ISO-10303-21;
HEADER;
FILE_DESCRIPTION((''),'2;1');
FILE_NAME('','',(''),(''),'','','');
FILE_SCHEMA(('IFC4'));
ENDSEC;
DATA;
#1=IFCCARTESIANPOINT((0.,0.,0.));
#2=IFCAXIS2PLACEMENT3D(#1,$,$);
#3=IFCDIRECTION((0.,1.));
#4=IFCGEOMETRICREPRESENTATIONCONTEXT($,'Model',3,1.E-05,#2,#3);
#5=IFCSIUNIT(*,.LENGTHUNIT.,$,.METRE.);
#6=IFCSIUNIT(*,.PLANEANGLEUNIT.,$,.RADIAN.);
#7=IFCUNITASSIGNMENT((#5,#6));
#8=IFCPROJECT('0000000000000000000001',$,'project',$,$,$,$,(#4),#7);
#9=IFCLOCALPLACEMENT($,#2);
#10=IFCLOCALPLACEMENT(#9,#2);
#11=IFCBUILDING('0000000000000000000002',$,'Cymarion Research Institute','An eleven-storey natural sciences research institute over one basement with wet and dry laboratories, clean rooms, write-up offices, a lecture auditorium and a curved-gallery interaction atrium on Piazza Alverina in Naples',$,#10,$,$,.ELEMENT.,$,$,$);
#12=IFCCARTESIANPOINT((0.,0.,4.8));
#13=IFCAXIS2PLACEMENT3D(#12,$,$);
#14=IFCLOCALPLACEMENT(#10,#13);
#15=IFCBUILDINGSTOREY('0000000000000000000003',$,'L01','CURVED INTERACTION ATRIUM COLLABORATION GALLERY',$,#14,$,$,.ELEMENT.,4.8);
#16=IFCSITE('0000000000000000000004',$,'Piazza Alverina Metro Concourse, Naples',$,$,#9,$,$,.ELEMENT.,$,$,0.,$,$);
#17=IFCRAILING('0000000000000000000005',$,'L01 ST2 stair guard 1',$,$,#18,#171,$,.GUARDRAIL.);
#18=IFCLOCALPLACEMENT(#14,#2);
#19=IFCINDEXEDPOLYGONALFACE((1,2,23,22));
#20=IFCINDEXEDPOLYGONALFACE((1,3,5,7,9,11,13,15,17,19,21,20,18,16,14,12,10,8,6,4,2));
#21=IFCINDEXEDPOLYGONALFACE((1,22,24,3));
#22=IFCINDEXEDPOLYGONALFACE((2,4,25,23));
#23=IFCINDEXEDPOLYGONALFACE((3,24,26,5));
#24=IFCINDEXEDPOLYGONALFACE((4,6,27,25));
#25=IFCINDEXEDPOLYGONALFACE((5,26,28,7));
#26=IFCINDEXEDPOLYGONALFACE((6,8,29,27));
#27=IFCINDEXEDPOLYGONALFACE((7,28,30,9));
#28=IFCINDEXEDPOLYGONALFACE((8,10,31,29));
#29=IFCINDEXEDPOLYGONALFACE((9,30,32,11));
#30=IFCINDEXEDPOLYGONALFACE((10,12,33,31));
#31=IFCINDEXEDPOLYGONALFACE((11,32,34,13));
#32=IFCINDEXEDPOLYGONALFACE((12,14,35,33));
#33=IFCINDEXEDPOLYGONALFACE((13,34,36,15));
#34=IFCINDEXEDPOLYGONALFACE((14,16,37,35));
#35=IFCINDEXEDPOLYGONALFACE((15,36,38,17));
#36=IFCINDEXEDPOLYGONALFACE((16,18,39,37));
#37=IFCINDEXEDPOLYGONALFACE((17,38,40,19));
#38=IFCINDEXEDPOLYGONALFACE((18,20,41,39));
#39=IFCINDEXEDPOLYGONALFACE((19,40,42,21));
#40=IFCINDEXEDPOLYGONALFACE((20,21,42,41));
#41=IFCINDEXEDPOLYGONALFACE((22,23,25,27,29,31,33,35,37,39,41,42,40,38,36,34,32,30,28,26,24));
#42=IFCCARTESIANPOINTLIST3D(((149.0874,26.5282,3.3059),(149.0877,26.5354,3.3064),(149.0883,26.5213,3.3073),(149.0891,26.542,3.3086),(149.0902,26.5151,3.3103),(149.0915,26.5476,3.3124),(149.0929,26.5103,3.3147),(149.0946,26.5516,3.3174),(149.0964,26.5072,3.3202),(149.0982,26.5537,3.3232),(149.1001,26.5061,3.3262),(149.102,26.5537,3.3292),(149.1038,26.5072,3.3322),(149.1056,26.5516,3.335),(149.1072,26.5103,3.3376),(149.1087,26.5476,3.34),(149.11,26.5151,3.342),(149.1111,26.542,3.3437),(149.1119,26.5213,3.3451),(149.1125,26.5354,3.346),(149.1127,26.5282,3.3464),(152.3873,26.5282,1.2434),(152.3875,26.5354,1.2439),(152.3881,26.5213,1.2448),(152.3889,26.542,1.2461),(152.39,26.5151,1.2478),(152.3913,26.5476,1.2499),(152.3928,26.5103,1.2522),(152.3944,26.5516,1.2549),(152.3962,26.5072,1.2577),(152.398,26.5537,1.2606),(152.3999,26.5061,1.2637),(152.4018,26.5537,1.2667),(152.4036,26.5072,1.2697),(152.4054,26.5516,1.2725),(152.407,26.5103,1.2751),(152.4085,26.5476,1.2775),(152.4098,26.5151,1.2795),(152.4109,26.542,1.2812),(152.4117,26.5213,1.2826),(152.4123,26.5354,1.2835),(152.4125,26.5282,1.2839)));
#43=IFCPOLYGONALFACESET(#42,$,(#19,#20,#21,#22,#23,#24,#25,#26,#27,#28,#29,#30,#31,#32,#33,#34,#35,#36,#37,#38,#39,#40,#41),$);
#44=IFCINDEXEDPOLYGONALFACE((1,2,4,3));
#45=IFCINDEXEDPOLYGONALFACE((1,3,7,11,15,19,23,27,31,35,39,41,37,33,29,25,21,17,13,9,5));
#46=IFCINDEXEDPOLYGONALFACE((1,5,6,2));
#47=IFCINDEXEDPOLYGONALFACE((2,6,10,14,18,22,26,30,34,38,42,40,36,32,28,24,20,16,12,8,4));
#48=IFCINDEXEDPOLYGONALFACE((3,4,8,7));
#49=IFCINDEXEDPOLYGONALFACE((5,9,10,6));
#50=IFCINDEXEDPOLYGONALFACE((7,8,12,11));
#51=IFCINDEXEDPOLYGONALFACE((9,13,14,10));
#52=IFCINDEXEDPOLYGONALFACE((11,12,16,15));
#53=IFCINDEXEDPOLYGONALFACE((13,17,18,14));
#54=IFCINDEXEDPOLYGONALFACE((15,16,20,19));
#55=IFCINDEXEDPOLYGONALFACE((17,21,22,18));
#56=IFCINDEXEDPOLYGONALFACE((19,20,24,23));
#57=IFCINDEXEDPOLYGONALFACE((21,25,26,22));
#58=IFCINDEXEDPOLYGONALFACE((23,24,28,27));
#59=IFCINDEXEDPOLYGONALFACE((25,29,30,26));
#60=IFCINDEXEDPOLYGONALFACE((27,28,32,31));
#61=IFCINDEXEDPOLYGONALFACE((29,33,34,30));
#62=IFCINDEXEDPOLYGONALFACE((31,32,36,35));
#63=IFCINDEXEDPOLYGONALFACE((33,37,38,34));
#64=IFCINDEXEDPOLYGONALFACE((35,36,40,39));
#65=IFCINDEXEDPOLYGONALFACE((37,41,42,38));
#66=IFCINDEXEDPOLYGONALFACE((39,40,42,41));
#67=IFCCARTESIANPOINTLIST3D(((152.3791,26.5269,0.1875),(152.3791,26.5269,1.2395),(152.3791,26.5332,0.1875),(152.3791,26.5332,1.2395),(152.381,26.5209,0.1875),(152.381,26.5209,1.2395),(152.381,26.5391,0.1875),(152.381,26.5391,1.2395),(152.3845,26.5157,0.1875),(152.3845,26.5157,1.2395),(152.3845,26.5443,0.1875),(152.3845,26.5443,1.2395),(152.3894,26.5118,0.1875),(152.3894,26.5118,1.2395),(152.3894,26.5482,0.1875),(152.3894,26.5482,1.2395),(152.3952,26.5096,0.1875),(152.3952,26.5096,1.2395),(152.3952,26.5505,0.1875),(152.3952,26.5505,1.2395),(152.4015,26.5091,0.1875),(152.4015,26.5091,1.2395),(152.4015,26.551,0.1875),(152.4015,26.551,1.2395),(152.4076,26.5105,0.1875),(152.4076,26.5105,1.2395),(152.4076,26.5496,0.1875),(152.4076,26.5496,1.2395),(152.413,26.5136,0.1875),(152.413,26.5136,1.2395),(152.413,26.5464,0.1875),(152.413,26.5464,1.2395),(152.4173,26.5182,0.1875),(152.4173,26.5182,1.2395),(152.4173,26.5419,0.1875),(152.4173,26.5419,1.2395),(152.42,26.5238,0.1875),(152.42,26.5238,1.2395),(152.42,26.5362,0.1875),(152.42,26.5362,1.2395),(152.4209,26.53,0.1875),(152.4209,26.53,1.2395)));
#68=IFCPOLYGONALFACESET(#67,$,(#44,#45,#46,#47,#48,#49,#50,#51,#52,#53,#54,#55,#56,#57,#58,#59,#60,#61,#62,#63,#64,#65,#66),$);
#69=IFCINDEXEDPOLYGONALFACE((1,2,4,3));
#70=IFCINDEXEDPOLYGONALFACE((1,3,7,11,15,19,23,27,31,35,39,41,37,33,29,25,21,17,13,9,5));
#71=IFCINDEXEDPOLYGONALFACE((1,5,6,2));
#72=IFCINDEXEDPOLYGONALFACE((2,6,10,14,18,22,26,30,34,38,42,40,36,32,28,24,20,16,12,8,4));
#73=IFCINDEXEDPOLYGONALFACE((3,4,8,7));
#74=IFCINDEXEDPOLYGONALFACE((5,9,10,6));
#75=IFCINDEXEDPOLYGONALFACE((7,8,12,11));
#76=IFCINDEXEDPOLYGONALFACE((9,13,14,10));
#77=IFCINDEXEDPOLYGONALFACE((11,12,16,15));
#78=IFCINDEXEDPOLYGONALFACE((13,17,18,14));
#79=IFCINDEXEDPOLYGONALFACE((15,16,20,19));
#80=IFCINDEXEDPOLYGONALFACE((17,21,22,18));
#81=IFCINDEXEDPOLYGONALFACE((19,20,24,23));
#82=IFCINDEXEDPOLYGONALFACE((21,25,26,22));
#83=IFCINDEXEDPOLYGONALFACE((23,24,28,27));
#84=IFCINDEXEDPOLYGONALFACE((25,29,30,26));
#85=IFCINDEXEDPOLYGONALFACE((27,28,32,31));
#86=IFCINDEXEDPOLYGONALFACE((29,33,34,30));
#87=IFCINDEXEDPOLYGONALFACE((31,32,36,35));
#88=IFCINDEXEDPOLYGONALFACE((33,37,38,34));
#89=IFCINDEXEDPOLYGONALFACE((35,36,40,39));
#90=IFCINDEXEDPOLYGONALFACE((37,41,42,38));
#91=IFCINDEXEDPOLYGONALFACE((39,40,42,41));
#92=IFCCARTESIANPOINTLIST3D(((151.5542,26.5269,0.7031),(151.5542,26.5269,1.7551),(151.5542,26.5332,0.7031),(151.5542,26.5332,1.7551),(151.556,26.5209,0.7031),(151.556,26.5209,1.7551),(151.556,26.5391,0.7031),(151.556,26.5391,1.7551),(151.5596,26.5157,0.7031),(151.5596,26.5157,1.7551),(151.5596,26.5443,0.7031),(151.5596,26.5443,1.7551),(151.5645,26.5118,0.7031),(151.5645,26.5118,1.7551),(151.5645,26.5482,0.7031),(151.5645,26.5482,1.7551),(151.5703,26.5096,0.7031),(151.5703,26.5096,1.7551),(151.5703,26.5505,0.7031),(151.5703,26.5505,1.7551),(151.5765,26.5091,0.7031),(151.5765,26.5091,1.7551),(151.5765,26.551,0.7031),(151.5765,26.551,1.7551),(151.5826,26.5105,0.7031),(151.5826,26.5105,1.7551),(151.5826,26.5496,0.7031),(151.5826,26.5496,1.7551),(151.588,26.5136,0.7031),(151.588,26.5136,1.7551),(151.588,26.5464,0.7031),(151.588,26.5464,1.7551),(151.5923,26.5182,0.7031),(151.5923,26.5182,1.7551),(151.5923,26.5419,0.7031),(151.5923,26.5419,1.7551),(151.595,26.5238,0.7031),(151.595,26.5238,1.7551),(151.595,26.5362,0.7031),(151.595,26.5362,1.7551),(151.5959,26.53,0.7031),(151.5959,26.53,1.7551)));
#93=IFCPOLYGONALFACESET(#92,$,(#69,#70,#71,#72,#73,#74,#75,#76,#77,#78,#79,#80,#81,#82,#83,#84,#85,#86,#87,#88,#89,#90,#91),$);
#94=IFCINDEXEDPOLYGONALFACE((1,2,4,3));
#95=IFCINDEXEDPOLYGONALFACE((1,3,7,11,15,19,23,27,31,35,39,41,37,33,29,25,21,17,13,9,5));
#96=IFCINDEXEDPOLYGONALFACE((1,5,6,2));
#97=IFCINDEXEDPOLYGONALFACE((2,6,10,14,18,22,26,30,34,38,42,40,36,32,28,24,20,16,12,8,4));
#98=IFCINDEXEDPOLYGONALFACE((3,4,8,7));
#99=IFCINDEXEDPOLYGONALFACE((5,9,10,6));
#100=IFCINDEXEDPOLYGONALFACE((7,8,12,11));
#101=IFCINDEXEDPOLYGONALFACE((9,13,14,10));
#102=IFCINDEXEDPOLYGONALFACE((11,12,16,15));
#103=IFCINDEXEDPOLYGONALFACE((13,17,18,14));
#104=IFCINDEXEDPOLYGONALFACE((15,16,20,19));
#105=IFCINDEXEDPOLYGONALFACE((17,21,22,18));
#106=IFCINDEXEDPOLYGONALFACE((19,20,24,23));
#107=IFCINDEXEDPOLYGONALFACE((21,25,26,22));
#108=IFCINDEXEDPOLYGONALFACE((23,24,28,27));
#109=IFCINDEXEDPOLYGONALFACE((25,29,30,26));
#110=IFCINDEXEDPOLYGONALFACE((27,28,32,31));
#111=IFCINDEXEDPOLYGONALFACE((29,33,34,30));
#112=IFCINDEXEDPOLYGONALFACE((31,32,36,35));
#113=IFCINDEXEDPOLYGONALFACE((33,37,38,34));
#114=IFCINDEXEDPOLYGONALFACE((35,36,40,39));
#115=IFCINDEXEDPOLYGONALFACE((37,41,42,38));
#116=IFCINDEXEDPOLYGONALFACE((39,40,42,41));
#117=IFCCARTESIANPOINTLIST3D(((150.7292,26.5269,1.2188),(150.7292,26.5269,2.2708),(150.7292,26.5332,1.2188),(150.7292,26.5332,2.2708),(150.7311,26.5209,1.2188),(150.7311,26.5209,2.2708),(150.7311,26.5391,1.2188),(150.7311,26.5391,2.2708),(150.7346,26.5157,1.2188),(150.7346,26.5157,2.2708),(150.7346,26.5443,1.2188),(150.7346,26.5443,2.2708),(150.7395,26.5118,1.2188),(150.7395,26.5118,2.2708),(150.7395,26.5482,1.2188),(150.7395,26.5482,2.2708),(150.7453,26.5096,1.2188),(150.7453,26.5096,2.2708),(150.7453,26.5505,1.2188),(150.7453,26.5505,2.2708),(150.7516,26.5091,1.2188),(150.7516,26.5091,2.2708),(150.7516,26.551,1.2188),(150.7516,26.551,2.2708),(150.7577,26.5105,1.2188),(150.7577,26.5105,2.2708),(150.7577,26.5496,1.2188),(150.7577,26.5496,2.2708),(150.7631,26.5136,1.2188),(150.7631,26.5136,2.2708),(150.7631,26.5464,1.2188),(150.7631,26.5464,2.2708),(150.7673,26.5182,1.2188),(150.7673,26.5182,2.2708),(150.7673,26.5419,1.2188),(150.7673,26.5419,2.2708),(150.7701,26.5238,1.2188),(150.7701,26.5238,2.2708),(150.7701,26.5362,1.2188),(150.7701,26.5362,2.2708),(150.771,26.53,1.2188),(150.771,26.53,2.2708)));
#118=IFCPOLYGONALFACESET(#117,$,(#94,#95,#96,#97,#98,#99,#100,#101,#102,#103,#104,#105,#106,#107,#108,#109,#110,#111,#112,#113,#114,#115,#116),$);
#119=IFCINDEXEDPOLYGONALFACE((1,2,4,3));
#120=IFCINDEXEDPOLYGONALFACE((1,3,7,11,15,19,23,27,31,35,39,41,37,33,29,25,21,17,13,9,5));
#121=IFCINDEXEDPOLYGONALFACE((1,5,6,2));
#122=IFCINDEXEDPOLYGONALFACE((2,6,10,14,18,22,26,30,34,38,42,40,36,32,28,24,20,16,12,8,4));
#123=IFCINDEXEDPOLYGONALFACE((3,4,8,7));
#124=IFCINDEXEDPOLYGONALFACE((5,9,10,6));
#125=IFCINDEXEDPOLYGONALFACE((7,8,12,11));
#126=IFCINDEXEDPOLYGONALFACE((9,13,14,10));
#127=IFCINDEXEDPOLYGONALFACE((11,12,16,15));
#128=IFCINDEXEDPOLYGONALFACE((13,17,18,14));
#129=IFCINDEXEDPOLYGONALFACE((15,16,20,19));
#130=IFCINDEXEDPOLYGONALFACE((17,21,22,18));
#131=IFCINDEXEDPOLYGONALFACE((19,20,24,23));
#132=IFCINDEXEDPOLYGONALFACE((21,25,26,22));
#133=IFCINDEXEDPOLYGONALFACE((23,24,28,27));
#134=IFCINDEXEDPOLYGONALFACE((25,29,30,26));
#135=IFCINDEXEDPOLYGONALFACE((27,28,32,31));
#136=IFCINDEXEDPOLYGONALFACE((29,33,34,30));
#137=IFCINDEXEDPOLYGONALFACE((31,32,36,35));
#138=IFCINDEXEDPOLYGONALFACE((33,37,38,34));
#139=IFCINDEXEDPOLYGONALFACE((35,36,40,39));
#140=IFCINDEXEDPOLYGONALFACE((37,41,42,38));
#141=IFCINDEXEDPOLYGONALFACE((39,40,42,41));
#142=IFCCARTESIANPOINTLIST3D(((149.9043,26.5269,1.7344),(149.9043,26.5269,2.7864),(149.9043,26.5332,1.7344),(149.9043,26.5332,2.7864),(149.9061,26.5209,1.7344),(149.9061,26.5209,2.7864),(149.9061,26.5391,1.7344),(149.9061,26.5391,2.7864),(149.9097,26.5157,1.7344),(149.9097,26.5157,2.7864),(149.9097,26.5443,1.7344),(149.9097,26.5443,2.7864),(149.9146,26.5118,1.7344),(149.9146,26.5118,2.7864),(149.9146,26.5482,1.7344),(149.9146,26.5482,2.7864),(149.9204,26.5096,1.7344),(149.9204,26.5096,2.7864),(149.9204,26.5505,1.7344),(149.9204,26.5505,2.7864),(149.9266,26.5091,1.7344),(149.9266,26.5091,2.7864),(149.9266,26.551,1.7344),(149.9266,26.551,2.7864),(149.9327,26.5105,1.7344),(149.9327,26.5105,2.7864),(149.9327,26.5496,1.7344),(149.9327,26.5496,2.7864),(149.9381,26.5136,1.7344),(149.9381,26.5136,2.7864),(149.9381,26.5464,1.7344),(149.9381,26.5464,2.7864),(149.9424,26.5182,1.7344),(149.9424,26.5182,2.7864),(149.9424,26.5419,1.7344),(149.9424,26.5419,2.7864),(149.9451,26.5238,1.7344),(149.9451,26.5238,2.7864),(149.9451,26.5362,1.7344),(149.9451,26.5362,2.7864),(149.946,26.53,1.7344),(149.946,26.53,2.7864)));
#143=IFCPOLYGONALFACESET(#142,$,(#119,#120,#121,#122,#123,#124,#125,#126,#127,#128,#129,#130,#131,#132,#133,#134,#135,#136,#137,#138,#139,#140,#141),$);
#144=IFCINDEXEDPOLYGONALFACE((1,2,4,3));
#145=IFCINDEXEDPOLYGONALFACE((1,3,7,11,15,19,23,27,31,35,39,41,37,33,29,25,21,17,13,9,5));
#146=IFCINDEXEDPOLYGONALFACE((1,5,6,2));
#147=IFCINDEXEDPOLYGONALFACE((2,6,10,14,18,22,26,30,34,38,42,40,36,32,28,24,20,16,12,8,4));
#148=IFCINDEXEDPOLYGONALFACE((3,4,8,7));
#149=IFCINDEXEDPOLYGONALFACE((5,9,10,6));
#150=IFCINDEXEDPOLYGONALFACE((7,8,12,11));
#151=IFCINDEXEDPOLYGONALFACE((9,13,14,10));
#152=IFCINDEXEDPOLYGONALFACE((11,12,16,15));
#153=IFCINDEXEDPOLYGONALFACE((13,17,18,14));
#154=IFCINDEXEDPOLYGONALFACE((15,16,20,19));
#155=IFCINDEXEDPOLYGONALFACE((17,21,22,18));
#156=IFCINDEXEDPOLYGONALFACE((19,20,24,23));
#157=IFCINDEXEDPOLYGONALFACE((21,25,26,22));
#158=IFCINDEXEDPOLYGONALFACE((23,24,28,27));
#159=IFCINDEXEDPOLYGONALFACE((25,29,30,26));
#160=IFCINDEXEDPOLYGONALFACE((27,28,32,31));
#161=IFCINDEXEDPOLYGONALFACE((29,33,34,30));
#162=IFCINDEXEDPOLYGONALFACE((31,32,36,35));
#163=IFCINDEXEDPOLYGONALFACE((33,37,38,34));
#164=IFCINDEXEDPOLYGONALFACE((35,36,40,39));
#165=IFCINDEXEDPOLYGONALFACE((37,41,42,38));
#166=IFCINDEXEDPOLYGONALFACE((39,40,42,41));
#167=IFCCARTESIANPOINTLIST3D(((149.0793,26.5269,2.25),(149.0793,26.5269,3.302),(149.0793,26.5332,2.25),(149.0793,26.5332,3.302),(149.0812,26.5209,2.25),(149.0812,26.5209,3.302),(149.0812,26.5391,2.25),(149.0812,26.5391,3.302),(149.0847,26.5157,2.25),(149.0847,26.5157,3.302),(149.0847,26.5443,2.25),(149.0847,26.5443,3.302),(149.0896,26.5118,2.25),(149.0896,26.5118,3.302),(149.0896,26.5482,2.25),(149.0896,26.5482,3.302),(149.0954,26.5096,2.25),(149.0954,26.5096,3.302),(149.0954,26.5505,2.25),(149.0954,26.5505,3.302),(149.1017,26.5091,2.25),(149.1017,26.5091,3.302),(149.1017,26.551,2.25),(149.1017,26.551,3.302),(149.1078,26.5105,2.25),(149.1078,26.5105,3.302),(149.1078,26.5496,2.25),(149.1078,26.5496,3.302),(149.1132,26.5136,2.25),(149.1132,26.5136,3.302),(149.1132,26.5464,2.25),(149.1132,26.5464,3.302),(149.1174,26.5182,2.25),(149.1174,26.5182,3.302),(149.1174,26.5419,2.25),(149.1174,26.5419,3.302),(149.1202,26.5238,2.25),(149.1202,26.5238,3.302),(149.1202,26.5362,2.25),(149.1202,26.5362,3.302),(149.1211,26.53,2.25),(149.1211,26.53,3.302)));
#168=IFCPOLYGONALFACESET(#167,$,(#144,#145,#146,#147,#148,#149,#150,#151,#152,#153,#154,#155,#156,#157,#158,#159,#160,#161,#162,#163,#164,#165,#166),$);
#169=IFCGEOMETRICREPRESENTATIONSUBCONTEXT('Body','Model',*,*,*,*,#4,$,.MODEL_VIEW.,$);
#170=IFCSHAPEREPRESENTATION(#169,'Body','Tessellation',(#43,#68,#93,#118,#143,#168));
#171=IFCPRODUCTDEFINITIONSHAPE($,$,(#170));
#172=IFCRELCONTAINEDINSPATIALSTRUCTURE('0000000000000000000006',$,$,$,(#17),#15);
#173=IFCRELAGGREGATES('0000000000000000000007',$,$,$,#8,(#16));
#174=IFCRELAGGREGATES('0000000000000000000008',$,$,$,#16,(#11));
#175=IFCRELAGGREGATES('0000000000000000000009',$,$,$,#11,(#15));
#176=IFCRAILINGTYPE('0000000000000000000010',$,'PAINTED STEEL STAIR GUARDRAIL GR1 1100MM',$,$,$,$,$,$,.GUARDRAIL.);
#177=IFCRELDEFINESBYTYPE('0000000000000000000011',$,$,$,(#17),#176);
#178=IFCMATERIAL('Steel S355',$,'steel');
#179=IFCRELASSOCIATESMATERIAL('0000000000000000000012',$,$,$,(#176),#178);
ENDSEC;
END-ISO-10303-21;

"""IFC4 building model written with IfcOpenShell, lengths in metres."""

from ifc_helpers import new_model, si_unit, direction, frame, origin, origin_2d, place, context, subcontext, project, spatial, circle, extrude, material, type_object, element, save


model = new_model("IFC4")

# Units and contexts
model_context = context("Model", 3, precision=1e-05, world=origin(), true_north=direction((0.0, 1.0)))
body_context = subcontext(model_context, "Body", "Model", "MODEL_VIEW")
ifc_project = project(units=[si_unit("LENGTHUNIT", "METRE"), si_unit("PLANEANGLEUNIT", "RADIAN")], contexts=[model_context])

# Site, building, storey
site_placement = place(None, origin())
site = spatial("IfcSite", under=ifc_project, at=site_placement, Name="Piazza Alverina Metro Concourse, Naples", CompositionType="ELEMENT", RefElevation=0.0)
building_placement = place(site_placement, origin())
building = spatial("IfcBuilding", under=site, at=building_placement, Name="Cymarion Research Institute", Description="An eleven-storey natural sciences research institute over one basement with wet and dry laboratories, clean rooms, write-up offices, a lecture auditorium and a curved-gallery interaction atrium on Piazza Alverina in Naples", CompositionType="ELEMENT")
storey_placement = place(building_placement, frame((0.0, 0.0, 4.8)))
storey = spatial("IfcBuildingStorey", under=building, at=storey_placement, Name="L01", Description="CURVED INTERACTION ATRIUM COLLABORATION GALLERY", CompositionType="ELEMENT", Elevation=4.8)

# Railing
ifc_material_1 = material(Name="Steel S355", Category="steel")
railing_type_1 = type_object("IfcRailingType", Name="PAINTED STEEL STAIR GUARDRAIL GR1 1100MM", PredefinedType="GUARDRAIL", material=ifc_material_1)
railing_1_placement = place(storey_placement, frame((152.3999, 26.53, 0.1875)))
element("IfcRailing", 1, at=railing_1_placement, inside=storey, type_object=railing_type_1, Name="L01 ST2 stair guard 1", PredefinedType="GUARDRAIL", context=body_context, shape_type="SweptSolid", body=[
    extrude(circle(Radius=0.0239, at=origin_2d()), frame((0.0, 0.0, 1.0762), z_axis=(-0.847984, 0.0, 0.530021), x_axis=(0.0, -1.0, 0.0)), (0.0, 0.0, 1.0), 3.8914),
    extrude(circle(Radius=0.021, at=origin_2d()), origin(), (0.0, 0.0, 1.0), 1.052),
    extrude(circle(Radius=0.021, at=origin_2d()), frame((-0.825, 0.0, 0.5156)), (0.0, 0.0, 1.0), 1.052),
    extrude(circle(Radius=0.021, at=origin_2d()), frame((-1.6499, 0.0, 1.0312)), (0.0, 0.0, 1.0), 1.052),
    extrude(circle(Radius=0.021, at=origin_2d()), frame((-2.4749, 0.0, 1.5469)), (0.0, 0.0, 1.0), 1.052),
    extrude(circle(Radius=0.021, at=origin_2d()), frame((-3.2998, 0.0, 2.0625)), (0.0, 0.0, 1.0), 1.052),
])

save(model, "model.ifc")
